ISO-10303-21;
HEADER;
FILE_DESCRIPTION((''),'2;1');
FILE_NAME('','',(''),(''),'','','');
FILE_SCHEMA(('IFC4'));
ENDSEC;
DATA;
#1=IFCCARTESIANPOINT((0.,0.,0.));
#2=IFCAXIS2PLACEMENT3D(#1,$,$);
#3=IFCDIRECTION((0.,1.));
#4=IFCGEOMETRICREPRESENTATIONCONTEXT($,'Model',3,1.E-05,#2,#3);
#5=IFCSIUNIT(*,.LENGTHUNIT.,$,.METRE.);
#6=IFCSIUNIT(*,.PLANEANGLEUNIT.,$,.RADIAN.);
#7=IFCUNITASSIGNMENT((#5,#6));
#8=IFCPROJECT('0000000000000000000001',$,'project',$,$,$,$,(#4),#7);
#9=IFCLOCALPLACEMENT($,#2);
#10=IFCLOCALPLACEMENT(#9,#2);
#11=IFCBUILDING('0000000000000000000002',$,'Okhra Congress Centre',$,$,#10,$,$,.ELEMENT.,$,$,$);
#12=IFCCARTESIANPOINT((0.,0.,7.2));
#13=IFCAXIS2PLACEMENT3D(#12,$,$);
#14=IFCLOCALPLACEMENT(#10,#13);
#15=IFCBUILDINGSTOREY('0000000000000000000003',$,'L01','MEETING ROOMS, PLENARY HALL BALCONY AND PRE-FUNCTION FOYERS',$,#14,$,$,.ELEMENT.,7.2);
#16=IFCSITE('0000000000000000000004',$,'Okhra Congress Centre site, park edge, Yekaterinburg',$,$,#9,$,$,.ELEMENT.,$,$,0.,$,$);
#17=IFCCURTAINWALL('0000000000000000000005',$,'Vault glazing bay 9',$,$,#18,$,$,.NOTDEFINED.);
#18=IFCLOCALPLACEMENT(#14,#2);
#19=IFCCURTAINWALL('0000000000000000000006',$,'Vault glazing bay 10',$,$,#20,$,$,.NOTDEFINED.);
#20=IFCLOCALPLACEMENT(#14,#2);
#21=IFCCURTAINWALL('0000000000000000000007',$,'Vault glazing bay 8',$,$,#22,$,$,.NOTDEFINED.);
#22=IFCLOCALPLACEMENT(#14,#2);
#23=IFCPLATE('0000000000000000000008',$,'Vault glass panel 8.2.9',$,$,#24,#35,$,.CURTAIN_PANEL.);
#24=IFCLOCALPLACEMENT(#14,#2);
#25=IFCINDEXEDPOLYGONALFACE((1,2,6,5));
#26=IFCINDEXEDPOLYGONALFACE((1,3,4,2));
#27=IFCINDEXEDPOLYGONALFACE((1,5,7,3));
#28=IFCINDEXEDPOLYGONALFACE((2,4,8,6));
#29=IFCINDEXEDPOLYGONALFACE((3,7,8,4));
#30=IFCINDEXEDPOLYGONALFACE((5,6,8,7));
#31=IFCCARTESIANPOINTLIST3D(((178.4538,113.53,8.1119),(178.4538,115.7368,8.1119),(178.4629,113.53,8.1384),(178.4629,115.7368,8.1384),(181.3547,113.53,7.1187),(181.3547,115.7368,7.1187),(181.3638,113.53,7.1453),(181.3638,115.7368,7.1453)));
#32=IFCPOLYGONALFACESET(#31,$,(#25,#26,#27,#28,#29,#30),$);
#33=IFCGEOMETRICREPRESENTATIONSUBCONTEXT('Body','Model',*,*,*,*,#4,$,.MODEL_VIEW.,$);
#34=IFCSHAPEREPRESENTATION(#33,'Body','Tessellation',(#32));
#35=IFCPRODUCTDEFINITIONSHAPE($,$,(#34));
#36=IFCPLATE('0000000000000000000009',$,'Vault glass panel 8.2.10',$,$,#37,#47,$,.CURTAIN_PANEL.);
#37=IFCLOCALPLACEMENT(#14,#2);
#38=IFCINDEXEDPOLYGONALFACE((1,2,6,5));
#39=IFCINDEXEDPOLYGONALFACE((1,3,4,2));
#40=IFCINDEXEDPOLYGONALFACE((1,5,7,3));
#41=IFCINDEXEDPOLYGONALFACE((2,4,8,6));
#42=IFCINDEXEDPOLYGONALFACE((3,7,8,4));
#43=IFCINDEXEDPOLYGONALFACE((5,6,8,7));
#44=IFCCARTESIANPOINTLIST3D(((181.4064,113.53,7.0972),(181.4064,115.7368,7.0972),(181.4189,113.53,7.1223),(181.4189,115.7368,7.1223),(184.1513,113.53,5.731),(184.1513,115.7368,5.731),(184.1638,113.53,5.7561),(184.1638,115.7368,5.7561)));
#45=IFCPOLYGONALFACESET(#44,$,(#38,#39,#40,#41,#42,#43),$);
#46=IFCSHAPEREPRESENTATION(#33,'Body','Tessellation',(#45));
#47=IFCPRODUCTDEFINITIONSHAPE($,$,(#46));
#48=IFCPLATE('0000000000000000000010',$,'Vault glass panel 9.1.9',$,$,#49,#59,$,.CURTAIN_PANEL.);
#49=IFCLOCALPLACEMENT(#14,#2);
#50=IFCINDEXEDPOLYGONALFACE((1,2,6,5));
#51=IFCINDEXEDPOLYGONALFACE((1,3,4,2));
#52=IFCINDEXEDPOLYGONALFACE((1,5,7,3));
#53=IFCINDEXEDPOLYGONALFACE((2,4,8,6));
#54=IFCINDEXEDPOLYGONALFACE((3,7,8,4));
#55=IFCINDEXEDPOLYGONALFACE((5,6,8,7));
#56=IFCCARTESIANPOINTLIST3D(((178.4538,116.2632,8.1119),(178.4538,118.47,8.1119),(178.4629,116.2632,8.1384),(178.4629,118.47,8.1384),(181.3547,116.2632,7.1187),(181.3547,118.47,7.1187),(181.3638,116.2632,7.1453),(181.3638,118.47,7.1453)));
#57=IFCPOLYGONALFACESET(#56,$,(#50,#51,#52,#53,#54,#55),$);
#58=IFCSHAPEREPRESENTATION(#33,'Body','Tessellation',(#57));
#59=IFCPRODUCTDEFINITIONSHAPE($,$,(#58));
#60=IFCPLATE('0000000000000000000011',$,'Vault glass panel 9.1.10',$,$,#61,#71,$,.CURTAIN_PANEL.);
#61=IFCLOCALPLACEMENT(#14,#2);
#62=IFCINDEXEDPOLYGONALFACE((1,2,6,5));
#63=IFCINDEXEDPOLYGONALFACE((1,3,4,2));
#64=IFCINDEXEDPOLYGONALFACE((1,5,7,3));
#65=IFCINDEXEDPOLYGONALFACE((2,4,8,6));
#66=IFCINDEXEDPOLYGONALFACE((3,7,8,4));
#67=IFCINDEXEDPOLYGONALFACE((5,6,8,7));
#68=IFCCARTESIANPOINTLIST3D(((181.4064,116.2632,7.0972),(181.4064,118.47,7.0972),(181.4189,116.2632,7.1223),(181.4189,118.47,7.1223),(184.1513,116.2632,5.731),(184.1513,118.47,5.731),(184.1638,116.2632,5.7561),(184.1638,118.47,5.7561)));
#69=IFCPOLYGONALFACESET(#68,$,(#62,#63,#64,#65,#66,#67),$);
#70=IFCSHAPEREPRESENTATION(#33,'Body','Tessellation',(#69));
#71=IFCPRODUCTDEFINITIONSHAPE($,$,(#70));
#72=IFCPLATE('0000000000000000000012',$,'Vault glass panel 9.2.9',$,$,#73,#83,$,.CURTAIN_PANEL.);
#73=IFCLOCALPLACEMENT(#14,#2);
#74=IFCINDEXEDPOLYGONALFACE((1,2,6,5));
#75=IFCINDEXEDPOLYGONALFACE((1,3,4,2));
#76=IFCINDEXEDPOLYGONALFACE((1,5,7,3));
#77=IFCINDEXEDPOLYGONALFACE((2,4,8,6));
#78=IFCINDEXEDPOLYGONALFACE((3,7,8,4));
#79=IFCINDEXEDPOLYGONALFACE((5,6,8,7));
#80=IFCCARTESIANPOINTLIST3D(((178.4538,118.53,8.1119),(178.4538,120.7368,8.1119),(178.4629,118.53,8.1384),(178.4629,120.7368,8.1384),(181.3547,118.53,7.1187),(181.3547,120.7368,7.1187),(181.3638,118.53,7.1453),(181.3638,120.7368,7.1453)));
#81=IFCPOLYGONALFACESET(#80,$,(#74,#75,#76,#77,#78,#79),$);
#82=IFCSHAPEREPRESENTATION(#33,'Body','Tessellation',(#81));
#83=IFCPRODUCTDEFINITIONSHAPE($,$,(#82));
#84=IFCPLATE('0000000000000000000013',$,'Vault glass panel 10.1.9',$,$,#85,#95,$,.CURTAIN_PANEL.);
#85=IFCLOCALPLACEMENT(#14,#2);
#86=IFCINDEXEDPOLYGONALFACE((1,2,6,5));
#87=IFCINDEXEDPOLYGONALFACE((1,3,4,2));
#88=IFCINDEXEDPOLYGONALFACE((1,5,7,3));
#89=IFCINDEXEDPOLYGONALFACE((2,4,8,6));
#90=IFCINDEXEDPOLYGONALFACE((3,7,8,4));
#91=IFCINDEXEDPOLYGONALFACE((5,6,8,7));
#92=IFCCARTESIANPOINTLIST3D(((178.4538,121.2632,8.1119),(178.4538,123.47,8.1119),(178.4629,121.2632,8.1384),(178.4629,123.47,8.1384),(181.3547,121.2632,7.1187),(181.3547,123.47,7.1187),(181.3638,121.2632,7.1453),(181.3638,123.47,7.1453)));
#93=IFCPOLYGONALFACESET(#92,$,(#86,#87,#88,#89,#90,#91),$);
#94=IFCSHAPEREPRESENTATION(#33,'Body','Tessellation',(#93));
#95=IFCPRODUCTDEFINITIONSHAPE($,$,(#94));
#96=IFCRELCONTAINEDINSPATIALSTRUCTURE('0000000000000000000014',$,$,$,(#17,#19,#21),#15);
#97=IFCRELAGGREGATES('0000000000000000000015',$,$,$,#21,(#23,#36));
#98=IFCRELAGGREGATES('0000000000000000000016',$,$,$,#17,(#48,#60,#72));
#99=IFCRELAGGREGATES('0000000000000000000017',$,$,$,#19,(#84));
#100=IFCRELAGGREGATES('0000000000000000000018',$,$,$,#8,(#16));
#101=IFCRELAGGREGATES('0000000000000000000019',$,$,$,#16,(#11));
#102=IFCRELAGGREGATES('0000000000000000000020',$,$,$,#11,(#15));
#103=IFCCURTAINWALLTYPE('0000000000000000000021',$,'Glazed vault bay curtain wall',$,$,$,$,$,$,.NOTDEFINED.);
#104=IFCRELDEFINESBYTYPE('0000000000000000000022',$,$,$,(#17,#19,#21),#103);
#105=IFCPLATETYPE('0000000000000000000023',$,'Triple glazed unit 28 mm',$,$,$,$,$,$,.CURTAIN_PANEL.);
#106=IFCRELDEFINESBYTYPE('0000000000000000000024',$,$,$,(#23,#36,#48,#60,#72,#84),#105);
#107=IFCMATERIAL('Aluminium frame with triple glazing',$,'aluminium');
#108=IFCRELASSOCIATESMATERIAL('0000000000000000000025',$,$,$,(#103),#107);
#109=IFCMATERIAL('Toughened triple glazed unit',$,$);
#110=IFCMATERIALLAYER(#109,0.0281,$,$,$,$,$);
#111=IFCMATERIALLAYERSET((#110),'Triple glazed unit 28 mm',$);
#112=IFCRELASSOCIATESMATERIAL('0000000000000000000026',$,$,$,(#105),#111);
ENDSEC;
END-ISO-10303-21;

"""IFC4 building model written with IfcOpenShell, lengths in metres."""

from ifc_helpers import new_model, si_unit, direction, frame, origin, place, context, subcontext, project, spatial, polyline, outline, extrude, material, layer, layer_set, type_object, element, aggregate, save


model = new_model("IFC4")

# Units and contexts
model_context = context("Model", 3, precision=1e-05, world=origin(), true_north=direction((0.0, 1.0)))
body_context = subcontext(model_context, "Body", "Model", "MODEL_VIEW")
ifc_project = project(units=[si_unit("LENGTHUNIT", "METRE"), si_unit("PLANEANGLEUNIT", "RADIAN")], contexts=[model_context])

# Site, building, storey
site_placement = place(None, origin())
site = spatial("IfcSite", under=ifc_project, at=site_placement, Name="Okhra Congress Centre site, park edge, Yekaterinburg", CompositionType="ELEMENT", RefElevation=0.0)
building_placement = place(site_placement, origin())
building = spatial("IfcBuilding", under=site, at=building_placement, Name="Okhra Congress Centre", CompositionType="ELEMENT")
storey_placement = place(building_placement, frame((0.0, 0.0, 7.2)))
storey = spatial("IfcBuildingStorey", under=building, at=storey_placement, Name="L01", Description="MEETING ROOMS, PLENARY HALL BALCONY AND PRE-FUNCTION FOYERS", CompositionType="ELEMENT", Elevation=7.2)

# Curtain walls
ifc_material_1 = material(Name="Aluminium frame with triple glazing", Category="aluminium")
curtain_wall_type = type_object("IfcCurtainWallType", Name="Glazed vault bay curtain wall", PredefinedType="NOTDEFINED", material=ifc_material_1)
curtain_wall_1_placement = place(storey_placement, origin())
curtain_wall_1 = element("IfcCurtainWall", 1, at=curtain_wall_1_placement, inside=storey, type_object=curtain_wall_type, Name="Vault glazing bay 9", PredefinedType="NOTDEFINED")
curtain_wall_2_placement = place(storey_placement, origin())
curtain_wall_2 = element("IfcCurtainWall", 2, at=curtain_wall_2_placement, inside=storey, type_object=curtain_wall_type, Name="Vault glazing bay 10", PredefinedType="NOTDEFINED")

# Curtain wall
curtain_wall_3_placement = place(storey_placement, origin())
curtain_wall_3 = element("IfcCurtainWall", 3, at=curtain_wall_3_placement, inside=storey, type_object=curtain_wall_type, Name="Vault glazing bay 8", PredefinedType="NOTDEFINED")

# Plates
ifc_material_2 = material(Name="Toughened triple glazed unit")
ifc_layer = layer(ifc_material_2, 0.0281)
ifc_layer_set = layer_set([ifc_layer], Name="Triple glazed unit 28 mm")
plate_type = type_object("IfcPlateType", Name="Triple glazed unit 28 mm", PredefinedType="CURTAIN_PANEL", material=ifc_layer_set)
plate_1_placement = place(storey_placement, frame((178.4629, 113.53, 8.1384), z_axis=(0.323909, 0.0, 0.946088), x_axis=(0.946088, 0.0, -0.323909)))
plate_1 = element("IfcPlate", 4, at=plate_1_placement, type_object=plate_type, Name="Vault glass panel 8.2.9", PredefinedType="CURTAIN_PANEL", context=body_context, shape_type="SweptSolid", body=[
    extrude(outline(polyline([(0.0, 0.0), (3.0662, 0.0), (3.0662, 2.2068), (0.0, 2.2068), (0.0, 0.0)])), origin(), (0.0, 0.0, -1.0), 0.0281),
])
plate_2_placement = place(storey_placement, frame((181.4189, 113.53, 7.1223), z_axis=(0.445588, 0.0, 0.895238), x_axis=(0.895238, 0.0, -0.445588)))
plate_2 = element("IfcPlate", 5, at=plate_2_placement, type_object=plate_type, Name="Vault glass panel 8.2.10", PredefinedType="CURTAIN_PANEL", context=body_context, shape_type="SweptSolid", body=[
    extrude(outline(polyline([(0.0, 0.0), (3.0661, 0.0), (3.0661, 2.2068), (0.0, 2.2068), (0.0, 0.0)])), origin(), (0.0, 0.0, -1.0), 0.0281),
])
aggregate(curtain_wall_3, [plate_1, plate_2])
plate_3_placement = place(storey_placement, frame((178.4629, 116.2632, 8.1384), z_axis=(0.323909, 0.0, 0.946088), x_axis=(0.946088, 0.0, -0.323909)))
plate_3 = element("IfcPlate", 6, at=plate_3_placement, type_object=plate_type, Name="Vault glass panel 9.1.9", PredefinedType="CURTAIN_PANEL", context=body_context, shape_type="SweptSolid", body=[
    extrude(outline(polyline([(0.0, 0.0), (3.0662, 0.0), (3.0662, 2.2068), (0.0, 2.2068), (0.0, 0.0)])), origin(), (0.0, 0.0, -1.0), 0.0281),
])
plate_4_placement = place(storey_placement, frame((181.4189, 116.2632, 7.1223), z_axis=(0.445588, 0.0, 0.895238), x_axis=(0.895238, 0.0, -0.445588)))
plate_4 = element("IfcPlate", 7, at=plate_4_placement, type_object=plate_type, Name="Vault glass panel 9.1.10", PredefinedType="CURTAIN_PANEL", context=body_context, shape_type="SweptSolid", body=[
    extrude(outline(polyline([(0.0, 0.0), (3.0661, 0.0), (3.0661, 2.2068), (0.0, 2.2068), (0.0, 0.0)])), origin(), (0.0, 0.0, -1.0), 0.0281),
])
plate_5_placement = place(storey_placement, frame((178.4629, 118.53, 8.1384), z_axis=(0.323909, 0.0, 0.946088), x_axis=(0.946088, 0.0, -0.323909)))
plate_5 = element("IfcPlate", 8, at=plate_5_placement, type_object=plate_type, Name="Vault glass panel 9.2.9", PredefinedType="CURTAIN_PANEL", context=body_context, shape_type="SweptSolid", body=[
    extrude(outline(polyline([(0.0, 0.0), (3.0662, 0.0), (3.0662, 2.2068), (0.0, 2.2068), (0.0, 0.0)])), origin(), (0.0, 0.0, -1.0), 0.0281),
])
aggregate(curtain_wall_1, [plate_3, plate_4, plate_5])
plate_6_placement = place(storey_placement, frame((178.4629, 121.2632, 8.1384), z_axis=(0.323909, 0.0, 0.946088), x_axis=(0.946088, 0.0, -0.323909)))
plate_6 = element("IfcPlate", 9, at=plate_6_placement, type_object=plate_type, Name="Vault glass panel 10.1.9", PredefinedType="CURTAIN_PANEL", context=body_context, shape_type="SweptSolid", body=[
    extrude(outline(polyline([(0.0, 0.0), (3.0662, 0.0), (3.0662, 2.2068), (0.0, 2.2068), (0.0, 0.0)])), origin(), (0.0, 0.0, -1.0), 0.0281),
])
aggregate(curtain_wall_2, [plate_6])

save(model, "model.ifc")
